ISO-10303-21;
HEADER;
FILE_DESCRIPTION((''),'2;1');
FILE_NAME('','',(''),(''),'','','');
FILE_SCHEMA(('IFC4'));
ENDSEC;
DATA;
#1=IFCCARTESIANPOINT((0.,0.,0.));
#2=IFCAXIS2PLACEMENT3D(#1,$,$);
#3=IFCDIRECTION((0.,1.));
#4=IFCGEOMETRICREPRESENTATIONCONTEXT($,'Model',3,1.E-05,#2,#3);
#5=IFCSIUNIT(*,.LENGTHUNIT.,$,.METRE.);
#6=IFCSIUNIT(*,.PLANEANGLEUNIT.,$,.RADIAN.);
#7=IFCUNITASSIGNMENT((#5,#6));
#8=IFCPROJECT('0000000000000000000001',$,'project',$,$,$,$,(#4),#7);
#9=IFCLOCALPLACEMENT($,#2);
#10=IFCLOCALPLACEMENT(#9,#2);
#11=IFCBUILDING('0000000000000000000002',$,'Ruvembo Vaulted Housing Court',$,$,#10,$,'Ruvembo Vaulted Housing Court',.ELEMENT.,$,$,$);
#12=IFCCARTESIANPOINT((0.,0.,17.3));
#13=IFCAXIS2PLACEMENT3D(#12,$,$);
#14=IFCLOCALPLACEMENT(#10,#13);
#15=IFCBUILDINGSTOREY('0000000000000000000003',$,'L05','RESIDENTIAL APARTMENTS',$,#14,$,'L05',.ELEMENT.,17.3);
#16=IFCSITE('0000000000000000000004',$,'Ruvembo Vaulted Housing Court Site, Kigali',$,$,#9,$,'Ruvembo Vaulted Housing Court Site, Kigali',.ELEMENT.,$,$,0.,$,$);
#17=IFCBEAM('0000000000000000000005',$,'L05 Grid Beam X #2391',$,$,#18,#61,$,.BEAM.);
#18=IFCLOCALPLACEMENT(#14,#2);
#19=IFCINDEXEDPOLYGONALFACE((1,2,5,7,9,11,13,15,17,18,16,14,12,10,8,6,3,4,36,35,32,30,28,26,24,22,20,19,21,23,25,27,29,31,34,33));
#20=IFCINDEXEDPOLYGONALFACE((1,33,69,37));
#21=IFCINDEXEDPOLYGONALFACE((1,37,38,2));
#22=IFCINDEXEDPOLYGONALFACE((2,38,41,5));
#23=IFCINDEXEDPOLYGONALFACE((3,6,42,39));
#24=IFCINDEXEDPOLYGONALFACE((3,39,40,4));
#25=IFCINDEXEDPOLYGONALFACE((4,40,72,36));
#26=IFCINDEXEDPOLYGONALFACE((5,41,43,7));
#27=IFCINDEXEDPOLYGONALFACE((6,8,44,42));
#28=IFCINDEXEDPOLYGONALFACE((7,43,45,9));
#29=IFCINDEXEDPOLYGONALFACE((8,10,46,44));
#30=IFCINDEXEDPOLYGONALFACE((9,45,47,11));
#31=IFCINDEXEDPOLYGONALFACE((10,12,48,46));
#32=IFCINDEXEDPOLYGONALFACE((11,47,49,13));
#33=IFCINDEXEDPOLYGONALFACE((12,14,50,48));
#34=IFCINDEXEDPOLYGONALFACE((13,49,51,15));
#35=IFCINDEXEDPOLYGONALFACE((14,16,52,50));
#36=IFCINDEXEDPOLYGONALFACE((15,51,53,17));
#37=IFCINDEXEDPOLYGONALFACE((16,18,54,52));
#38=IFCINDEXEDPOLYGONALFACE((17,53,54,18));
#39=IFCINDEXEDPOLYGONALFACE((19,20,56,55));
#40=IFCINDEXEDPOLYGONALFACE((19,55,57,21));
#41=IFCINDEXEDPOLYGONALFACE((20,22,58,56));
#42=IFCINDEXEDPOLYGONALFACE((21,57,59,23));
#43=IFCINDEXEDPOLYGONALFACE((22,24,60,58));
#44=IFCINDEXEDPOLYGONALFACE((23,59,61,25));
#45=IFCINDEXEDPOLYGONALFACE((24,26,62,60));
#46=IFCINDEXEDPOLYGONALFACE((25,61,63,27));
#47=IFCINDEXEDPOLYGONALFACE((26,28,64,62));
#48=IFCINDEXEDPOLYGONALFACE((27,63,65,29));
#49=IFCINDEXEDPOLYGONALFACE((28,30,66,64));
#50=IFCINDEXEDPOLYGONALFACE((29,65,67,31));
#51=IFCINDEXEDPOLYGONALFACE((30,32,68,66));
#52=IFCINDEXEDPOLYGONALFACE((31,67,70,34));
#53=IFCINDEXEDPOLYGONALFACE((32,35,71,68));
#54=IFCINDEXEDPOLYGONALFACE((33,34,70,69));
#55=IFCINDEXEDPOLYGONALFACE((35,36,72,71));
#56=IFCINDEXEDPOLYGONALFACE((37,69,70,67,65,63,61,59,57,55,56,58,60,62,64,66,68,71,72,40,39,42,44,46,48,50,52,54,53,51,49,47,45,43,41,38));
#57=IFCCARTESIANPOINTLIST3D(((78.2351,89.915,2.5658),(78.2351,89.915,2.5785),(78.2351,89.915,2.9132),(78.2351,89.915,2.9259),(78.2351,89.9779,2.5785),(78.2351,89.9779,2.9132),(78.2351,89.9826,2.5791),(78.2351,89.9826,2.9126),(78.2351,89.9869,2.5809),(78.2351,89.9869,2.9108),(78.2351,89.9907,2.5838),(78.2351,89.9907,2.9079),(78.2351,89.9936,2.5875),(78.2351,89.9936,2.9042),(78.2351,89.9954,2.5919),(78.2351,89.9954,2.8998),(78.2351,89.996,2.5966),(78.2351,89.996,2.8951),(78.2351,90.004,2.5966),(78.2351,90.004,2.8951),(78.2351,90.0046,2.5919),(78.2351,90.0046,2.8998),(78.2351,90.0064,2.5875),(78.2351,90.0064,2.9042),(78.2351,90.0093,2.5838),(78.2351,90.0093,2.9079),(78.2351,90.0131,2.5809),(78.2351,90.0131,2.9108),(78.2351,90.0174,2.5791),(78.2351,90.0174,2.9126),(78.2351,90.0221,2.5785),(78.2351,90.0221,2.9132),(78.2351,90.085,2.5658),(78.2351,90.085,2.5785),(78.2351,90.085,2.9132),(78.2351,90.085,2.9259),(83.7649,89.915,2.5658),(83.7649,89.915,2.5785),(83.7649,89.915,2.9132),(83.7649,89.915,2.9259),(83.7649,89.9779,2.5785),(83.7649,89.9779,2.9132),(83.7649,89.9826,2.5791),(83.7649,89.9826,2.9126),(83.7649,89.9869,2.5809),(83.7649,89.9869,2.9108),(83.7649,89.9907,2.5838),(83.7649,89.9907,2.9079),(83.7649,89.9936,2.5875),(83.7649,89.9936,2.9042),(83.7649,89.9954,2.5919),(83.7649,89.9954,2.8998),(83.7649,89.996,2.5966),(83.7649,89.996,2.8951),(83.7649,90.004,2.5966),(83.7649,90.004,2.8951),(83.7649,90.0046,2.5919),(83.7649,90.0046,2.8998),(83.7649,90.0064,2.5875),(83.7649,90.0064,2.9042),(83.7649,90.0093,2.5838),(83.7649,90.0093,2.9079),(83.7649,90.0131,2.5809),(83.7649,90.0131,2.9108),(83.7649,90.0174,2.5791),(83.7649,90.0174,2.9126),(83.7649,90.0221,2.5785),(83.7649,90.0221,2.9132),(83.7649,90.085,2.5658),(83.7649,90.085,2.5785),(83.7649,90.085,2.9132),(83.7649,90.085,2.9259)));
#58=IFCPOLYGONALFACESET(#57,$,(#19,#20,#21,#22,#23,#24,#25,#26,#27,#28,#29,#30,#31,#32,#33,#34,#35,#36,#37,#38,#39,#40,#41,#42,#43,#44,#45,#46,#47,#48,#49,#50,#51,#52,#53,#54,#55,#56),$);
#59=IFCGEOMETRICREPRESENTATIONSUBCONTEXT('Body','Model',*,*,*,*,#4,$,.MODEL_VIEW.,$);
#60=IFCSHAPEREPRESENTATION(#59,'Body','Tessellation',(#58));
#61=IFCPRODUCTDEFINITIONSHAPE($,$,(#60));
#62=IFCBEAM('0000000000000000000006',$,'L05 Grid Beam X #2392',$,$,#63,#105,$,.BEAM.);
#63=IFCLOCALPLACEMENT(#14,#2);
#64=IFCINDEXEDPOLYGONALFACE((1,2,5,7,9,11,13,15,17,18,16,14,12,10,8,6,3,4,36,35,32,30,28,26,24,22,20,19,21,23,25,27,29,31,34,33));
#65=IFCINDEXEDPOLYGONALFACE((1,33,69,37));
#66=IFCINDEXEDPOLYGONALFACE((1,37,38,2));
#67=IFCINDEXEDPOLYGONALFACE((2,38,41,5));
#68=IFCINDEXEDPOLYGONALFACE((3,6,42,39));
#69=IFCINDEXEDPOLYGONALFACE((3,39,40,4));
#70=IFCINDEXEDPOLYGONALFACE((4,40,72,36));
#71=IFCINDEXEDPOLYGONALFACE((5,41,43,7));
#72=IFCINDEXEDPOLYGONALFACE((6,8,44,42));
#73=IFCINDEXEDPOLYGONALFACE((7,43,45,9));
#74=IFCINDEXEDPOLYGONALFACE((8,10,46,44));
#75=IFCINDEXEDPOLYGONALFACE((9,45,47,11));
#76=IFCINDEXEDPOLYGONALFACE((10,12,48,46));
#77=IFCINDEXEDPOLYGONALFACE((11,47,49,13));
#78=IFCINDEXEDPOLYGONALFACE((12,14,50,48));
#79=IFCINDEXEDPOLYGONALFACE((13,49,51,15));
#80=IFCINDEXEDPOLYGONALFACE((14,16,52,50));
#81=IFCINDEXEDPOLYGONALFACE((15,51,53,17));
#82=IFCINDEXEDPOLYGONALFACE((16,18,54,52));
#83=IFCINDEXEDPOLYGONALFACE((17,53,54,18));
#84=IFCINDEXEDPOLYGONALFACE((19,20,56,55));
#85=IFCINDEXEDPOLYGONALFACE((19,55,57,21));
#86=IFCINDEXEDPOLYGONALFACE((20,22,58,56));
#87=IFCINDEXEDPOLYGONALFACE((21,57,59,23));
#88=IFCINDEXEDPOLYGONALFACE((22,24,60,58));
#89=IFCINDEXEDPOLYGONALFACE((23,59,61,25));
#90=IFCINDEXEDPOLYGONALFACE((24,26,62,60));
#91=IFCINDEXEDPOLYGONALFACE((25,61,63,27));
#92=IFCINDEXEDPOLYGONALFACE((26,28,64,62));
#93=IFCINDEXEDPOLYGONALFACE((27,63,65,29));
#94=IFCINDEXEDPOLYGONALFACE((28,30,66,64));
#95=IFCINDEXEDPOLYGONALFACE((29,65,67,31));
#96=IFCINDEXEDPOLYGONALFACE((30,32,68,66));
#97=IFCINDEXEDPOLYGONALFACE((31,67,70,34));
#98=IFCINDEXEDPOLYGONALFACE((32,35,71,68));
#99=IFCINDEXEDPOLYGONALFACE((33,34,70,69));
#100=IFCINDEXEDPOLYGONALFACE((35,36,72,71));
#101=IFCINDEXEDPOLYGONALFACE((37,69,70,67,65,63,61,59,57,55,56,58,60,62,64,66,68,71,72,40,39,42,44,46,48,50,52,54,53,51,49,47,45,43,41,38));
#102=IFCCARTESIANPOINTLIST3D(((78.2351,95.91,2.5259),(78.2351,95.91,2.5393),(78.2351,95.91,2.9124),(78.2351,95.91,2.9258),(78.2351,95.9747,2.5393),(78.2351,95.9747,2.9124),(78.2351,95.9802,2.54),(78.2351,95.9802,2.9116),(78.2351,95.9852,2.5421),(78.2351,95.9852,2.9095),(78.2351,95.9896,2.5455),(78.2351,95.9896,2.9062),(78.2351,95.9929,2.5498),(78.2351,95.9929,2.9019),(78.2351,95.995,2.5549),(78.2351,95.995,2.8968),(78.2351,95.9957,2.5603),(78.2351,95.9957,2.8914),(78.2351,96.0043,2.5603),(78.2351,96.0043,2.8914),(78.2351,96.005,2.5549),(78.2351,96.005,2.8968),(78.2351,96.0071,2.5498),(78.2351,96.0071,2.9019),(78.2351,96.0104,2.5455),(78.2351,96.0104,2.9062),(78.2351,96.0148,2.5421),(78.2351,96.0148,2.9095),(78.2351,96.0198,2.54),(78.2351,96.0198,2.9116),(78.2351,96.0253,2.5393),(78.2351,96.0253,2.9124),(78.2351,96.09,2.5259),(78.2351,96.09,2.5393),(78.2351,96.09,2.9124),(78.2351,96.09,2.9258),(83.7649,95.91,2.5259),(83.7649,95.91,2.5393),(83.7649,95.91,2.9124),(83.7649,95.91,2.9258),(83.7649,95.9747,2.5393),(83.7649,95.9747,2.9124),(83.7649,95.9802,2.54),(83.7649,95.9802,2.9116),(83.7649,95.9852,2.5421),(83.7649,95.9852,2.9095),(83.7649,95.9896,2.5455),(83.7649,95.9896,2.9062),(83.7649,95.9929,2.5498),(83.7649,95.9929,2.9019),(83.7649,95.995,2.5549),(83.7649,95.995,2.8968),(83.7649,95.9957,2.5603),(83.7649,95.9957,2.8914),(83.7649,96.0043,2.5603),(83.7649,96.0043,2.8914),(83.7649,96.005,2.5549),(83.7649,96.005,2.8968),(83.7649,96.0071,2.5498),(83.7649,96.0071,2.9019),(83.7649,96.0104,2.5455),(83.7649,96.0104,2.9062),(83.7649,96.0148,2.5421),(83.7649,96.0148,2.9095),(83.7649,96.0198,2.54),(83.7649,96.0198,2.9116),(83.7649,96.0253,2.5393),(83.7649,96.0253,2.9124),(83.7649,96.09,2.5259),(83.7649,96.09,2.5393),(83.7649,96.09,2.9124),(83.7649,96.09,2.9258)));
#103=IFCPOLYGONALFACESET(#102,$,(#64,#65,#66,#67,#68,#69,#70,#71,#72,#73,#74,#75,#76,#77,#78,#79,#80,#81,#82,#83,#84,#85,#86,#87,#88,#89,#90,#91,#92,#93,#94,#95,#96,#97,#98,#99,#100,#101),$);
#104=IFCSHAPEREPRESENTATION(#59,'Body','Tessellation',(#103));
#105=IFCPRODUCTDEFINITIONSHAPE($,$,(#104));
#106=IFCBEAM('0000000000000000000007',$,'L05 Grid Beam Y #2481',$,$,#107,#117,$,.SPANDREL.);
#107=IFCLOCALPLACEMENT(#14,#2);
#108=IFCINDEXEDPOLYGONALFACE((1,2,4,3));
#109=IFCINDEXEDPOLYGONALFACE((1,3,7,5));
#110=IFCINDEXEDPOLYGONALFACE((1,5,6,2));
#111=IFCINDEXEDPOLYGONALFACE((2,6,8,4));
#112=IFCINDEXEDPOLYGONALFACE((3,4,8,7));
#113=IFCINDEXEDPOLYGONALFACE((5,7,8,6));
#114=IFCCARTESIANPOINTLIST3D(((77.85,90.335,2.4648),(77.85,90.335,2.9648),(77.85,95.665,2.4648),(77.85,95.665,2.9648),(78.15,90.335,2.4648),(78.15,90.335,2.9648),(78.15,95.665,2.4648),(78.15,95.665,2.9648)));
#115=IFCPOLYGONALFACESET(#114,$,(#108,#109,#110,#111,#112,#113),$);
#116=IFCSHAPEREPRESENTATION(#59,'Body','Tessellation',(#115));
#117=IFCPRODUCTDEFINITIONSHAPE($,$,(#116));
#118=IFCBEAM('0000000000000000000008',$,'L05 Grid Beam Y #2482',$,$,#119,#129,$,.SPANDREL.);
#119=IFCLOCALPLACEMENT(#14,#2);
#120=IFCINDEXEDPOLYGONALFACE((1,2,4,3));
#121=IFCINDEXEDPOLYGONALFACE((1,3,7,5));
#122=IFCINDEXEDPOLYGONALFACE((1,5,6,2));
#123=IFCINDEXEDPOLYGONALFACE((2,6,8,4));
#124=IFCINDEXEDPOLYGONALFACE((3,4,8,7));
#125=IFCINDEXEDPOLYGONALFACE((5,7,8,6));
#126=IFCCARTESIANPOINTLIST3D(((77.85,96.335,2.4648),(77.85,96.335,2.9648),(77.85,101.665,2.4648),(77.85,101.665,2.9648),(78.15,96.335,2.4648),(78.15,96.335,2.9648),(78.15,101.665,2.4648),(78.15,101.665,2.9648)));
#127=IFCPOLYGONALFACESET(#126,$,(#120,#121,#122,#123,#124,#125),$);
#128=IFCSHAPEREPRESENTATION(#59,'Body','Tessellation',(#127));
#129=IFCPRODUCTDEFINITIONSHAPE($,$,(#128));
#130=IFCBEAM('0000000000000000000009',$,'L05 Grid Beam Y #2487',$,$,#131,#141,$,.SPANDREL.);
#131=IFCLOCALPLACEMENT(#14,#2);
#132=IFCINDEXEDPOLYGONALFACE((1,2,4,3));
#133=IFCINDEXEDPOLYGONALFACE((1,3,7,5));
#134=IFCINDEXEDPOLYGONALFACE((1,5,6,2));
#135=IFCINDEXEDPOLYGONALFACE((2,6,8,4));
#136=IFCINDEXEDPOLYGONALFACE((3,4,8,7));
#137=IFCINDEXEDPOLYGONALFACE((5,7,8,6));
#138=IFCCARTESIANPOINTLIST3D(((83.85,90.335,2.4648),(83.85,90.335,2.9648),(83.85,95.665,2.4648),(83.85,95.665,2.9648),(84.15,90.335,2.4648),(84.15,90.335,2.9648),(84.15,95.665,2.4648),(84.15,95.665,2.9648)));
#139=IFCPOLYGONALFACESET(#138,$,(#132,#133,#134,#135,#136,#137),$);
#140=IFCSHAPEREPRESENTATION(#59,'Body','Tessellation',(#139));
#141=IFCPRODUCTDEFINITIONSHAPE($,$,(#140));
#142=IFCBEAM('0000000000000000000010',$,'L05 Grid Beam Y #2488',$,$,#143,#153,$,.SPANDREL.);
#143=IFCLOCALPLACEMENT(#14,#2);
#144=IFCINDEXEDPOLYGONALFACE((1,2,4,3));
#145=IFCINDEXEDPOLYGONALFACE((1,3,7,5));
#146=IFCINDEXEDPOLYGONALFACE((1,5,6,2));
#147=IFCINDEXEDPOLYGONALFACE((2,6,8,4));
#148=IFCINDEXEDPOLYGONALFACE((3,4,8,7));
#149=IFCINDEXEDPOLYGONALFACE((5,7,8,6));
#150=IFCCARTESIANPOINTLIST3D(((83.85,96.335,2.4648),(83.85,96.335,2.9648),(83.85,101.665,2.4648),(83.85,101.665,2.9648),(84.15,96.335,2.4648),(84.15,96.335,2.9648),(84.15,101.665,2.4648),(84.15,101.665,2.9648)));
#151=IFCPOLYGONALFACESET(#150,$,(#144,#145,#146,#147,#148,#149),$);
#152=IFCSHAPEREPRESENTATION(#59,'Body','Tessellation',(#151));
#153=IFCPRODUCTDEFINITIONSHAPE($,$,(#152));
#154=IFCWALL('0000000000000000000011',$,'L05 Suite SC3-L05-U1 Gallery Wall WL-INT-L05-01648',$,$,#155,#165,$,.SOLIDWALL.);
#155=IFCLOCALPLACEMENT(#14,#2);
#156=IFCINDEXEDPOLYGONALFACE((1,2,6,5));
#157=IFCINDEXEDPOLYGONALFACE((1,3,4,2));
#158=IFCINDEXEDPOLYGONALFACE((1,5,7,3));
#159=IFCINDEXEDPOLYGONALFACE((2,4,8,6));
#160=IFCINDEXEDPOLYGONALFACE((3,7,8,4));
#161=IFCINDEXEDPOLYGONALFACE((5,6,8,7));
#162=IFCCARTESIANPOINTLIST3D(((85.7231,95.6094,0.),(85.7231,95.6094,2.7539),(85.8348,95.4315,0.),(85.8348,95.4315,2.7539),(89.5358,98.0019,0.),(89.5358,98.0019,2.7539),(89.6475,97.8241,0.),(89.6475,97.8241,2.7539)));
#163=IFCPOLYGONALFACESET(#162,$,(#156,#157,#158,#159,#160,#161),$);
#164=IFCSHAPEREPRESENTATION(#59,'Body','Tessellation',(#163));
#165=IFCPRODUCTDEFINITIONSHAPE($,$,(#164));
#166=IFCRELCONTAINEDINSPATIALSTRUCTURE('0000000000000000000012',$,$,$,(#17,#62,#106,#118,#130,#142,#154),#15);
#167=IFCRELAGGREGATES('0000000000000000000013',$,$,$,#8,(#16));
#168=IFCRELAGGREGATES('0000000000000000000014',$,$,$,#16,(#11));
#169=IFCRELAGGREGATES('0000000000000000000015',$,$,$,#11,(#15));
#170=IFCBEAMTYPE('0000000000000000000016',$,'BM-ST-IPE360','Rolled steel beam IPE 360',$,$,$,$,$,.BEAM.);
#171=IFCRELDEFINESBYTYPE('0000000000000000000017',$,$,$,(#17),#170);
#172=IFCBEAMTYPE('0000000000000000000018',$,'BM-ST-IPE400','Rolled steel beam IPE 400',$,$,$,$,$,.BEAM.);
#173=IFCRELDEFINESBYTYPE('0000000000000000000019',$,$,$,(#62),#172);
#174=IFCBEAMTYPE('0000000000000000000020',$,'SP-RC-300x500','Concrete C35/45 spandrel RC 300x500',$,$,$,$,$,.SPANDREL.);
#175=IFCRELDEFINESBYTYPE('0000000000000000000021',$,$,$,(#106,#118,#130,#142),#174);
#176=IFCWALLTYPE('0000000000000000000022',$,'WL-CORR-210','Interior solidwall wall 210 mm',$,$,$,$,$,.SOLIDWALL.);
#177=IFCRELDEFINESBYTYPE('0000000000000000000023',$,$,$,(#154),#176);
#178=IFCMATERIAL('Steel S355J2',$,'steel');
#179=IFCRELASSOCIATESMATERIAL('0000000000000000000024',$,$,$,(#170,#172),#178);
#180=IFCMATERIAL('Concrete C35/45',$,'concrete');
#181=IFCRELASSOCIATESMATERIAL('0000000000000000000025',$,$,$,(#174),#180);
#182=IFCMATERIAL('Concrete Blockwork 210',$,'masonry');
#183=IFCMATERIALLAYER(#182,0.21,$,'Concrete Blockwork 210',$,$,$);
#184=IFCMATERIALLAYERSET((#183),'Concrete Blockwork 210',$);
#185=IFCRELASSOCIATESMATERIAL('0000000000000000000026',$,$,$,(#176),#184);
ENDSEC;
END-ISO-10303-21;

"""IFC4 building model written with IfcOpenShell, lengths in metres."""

from ifc_helpers import new_model, si_unit, direction, frame, frame_2d, origin, origin_2d, place, context, subcontext, project, spatial, rectangle, i_section, extrude, material, layer, layer_set, material_profile, profile_set, type_object, element, save


model = new_model("IFC4")

# Units and contexts
model_context = context("Model", 3, precision=1e-05, world=origin(), true_north=direction((0.0, 1.0)))
body_context = subcontext(model_context, "Body", "Model", "MODEL_VIEW")
ifc_project = project(units=[si_unit("LENGTHUNIT", "METRE"), si_unit("PLANEANGLEUNIT", "RADIAN")], contexts=[model_context])

# Site, building, storey
site_placement = place(None, origin())
site = spatial("IfcSite", under=ifc_project, at=site_placement, Name="Ruvembo Vaulted Housing Court Site, Kigali", LongName="Ruvembo Vaulted Housing Court Site, Kigali", CompositionType="ELEMENT", RefElevation=0.0)
building_placement = place(site_placement, origin())
building = spatial("IfcBuilding", under=site, at=building_placement, Name="Ruvembo Vaulted Housing Court", LongName="Ruvembo Vaulted Housing Court", CompositionType="ELEMENT")
storey_placement = place(building_placement, frame((0.0, 0.0, 17.3)))
storey = spatial("IfcBuildingStorey", under=building, at=storey_placement, Name="L05", Description="RESIDENTIAL APARTMENTS", LongName="L05", CompositionType="ELEMENT", Elevation=17.3)

# Shared definitions
ifc_material_1 = material(Name="Concrete C35/45", Category="concrete")

# Beams
ifc_material_2 = material(Name="Steel S355J2", Category="steel")
ifc_material_profile_1 = material_profile(ifc_material_2, i_section(OverallWidth=0.1699, OverallDepth=0.3601, WebThickness=0.0081, FlangeThickness=0.0127, FilletRadius=0.0181, at=origin_2d()), Name="IPE 360")
ifc_profile_set_1 = profile_set([ifc_material_profile_1], Name="Steel S355J2")
beam_type_1 = type_object("IfcBeamType", Name="BM-ST-IPE360", Description="Rolled steel beam IPE 360", PredefinedType="BEAM", material=ifc_profile_set_1)
beam_1_placement = place(storey_placement, frame((78.2351, 90.0, 2.7458), z_axis=(1.0, 0.0, 0.0), x_axis=(0.0, 1.0, 0.0)))
element("IfcBeam", 1, at=beam_1_placement, inside=storey, type_object=beam_type_1, Name="L05 Grid Beam X #2391", PredefinedType="BEAM", context=body_context, shape_type="SweptSolid", body=[
    extrude(i_section(OverallWidth=0.1699, OverallDepth=0.3601, WebThickness=0.0081, FlangeThickness=0.0127, FilletRadius=0.0181, at=origin_2d()), origin(), (0.0, 0.0, 1.0), 5.5298),
])
ifc_material_profile_2 = material_profile(ifc_material_2, i_section(OverallWidth=0.1799, OverallDepth=0.3999, WebThickness=0.0085, FlangeThickness=0.0134, FilletRadius=0.021, at=origin_2d()), Name="IPE 400")
ifc_profile_set_2 = profile_set([ifc_material_profile_2], Name="Steel S355J2")
beam_type_2 = type_object("IfcBeamType", Name="BM-ST-IPE400", Description="Rolled steel beam IPE 400", PredefinedType="BEAM", material=ifc_profile_set_2)
beam_2_placement = place(storey_placement, frame((78.2351, 96.0, 2.7258), z_axis=(1.0, 0.0, 0.0), x_axis=(0.0, 1.0, 0.0)))
element("IfcBeam", 2, at=beam_2_placement, inside=storey, type_object=beam_type_2, Name="L05 Grid Beam X #2392", PredefinedType="BEAM", context=body_context, shape_type="SweptSolid", body=[
    extrude(i_section(OverallWidth=0.1799, OverallDepth=0.3999, WebThickness=0.0085, FlangeThickness=0.0134, FilletRadius=0.021, at=origin_2d()), origin(), (0.0, 0.0, 1.0), 5.5298),
])
ifc_material_profile_3 = material_profile(ifc_material_1, rectangle(XDim=0.3, YDim=0.5, at=origin_2d()), Name="RC 300x500")
ifc_profile_set_3 = profile_set([ifc_material_profile_3], Name="Concrete C35/45")
beam_type_3 = type_object("IfcBeamType", Name="SP-RC-300x500", Description="Concrete C35/45 spandrel RC 300x500", PredefinedType="SPANDREL", material=ifc_profile_set_3)
for number, where, z_axis, x_axis, name in (
    (3, (78.0, 90.335, 2.7148), (0.0, 1.0, 0.0), (-1.0, 0.0, 0.0), "L05 Grid Beam Y #2481"),
    (4, (78.0, 96.335, 2.7148), (0.0, 1.0, 0.0), (-1.0, 0.0, 0.0), "L05 Grid Beam Y #2482"),
    (5, (84.0, 90.335, 2.7148), (0.0, 1.0, 0.0), (-1.0, 0.0, 0.0), "L05 Grid Beam Y #2487"),
    (6, (84.0, 96.335, 2.7148), (0.0, 1.0, 0.0), (-1.0, 0.0, 0.0), "L05 Grid Beam Y #2488"),
):
    element("IfcBeam", number, at=place(storey_placement, frame(where, z_axis=z_axis, x_axis=x_axis)), inside=storey, type_object=beam_type_3, Name=name, PredefinedType="SPANDREL", context=body_context, shape_type="SweptSolid", body=[
        extrude(rectangle(XDim=0.3, YDim=0.5, at=origin_2d()), origin(), (0.0, 0.0, 1.0), 5.3301),
    ])

# Wall
ifc_material_3 = material(Name="Concrete Blockwork 210", Category="masonry")
ifc_layer_1 = layer(ifc_material_3, 0.21, Name="Concrete Blockwork 210")
ifc_layer_set_1 = layer_set([ifc_layer_1], Name="Concrete Blockwork 210")
wall_type_1 = type_object("IfcWallType", Name="WL-CORR-210", Description="Interior solidwall wall 210 mm", PredefinedType="SOLIDWALL", material=ifc_layer_set_1)
wall_1_placement = place(storey_placement, frame((85.7791, 95.5205, 0.0), z_axis=(0.0, 0.0, 1.0), x_axis=(0.847037, 0.531534, 0.0)))
element("IfcWall", 7, at=wall_1_placement, inside=storey, type_object=wall_type_1, Name="L05 Suite SC3-L05-U1 Gallery Wall WL-INT-L05-01648", PredefinedType="SOLIDWALL", context=body_context, shape_type="SweptSolid", body=[
    extrude(rectangle(XDim=4.5012, YDim=0.21, at=frame_2d((2.2505, 0.0))), origin(), (0.0, 0.0, 1.0), 2.7539),
])

save(model, "model.ifc")
